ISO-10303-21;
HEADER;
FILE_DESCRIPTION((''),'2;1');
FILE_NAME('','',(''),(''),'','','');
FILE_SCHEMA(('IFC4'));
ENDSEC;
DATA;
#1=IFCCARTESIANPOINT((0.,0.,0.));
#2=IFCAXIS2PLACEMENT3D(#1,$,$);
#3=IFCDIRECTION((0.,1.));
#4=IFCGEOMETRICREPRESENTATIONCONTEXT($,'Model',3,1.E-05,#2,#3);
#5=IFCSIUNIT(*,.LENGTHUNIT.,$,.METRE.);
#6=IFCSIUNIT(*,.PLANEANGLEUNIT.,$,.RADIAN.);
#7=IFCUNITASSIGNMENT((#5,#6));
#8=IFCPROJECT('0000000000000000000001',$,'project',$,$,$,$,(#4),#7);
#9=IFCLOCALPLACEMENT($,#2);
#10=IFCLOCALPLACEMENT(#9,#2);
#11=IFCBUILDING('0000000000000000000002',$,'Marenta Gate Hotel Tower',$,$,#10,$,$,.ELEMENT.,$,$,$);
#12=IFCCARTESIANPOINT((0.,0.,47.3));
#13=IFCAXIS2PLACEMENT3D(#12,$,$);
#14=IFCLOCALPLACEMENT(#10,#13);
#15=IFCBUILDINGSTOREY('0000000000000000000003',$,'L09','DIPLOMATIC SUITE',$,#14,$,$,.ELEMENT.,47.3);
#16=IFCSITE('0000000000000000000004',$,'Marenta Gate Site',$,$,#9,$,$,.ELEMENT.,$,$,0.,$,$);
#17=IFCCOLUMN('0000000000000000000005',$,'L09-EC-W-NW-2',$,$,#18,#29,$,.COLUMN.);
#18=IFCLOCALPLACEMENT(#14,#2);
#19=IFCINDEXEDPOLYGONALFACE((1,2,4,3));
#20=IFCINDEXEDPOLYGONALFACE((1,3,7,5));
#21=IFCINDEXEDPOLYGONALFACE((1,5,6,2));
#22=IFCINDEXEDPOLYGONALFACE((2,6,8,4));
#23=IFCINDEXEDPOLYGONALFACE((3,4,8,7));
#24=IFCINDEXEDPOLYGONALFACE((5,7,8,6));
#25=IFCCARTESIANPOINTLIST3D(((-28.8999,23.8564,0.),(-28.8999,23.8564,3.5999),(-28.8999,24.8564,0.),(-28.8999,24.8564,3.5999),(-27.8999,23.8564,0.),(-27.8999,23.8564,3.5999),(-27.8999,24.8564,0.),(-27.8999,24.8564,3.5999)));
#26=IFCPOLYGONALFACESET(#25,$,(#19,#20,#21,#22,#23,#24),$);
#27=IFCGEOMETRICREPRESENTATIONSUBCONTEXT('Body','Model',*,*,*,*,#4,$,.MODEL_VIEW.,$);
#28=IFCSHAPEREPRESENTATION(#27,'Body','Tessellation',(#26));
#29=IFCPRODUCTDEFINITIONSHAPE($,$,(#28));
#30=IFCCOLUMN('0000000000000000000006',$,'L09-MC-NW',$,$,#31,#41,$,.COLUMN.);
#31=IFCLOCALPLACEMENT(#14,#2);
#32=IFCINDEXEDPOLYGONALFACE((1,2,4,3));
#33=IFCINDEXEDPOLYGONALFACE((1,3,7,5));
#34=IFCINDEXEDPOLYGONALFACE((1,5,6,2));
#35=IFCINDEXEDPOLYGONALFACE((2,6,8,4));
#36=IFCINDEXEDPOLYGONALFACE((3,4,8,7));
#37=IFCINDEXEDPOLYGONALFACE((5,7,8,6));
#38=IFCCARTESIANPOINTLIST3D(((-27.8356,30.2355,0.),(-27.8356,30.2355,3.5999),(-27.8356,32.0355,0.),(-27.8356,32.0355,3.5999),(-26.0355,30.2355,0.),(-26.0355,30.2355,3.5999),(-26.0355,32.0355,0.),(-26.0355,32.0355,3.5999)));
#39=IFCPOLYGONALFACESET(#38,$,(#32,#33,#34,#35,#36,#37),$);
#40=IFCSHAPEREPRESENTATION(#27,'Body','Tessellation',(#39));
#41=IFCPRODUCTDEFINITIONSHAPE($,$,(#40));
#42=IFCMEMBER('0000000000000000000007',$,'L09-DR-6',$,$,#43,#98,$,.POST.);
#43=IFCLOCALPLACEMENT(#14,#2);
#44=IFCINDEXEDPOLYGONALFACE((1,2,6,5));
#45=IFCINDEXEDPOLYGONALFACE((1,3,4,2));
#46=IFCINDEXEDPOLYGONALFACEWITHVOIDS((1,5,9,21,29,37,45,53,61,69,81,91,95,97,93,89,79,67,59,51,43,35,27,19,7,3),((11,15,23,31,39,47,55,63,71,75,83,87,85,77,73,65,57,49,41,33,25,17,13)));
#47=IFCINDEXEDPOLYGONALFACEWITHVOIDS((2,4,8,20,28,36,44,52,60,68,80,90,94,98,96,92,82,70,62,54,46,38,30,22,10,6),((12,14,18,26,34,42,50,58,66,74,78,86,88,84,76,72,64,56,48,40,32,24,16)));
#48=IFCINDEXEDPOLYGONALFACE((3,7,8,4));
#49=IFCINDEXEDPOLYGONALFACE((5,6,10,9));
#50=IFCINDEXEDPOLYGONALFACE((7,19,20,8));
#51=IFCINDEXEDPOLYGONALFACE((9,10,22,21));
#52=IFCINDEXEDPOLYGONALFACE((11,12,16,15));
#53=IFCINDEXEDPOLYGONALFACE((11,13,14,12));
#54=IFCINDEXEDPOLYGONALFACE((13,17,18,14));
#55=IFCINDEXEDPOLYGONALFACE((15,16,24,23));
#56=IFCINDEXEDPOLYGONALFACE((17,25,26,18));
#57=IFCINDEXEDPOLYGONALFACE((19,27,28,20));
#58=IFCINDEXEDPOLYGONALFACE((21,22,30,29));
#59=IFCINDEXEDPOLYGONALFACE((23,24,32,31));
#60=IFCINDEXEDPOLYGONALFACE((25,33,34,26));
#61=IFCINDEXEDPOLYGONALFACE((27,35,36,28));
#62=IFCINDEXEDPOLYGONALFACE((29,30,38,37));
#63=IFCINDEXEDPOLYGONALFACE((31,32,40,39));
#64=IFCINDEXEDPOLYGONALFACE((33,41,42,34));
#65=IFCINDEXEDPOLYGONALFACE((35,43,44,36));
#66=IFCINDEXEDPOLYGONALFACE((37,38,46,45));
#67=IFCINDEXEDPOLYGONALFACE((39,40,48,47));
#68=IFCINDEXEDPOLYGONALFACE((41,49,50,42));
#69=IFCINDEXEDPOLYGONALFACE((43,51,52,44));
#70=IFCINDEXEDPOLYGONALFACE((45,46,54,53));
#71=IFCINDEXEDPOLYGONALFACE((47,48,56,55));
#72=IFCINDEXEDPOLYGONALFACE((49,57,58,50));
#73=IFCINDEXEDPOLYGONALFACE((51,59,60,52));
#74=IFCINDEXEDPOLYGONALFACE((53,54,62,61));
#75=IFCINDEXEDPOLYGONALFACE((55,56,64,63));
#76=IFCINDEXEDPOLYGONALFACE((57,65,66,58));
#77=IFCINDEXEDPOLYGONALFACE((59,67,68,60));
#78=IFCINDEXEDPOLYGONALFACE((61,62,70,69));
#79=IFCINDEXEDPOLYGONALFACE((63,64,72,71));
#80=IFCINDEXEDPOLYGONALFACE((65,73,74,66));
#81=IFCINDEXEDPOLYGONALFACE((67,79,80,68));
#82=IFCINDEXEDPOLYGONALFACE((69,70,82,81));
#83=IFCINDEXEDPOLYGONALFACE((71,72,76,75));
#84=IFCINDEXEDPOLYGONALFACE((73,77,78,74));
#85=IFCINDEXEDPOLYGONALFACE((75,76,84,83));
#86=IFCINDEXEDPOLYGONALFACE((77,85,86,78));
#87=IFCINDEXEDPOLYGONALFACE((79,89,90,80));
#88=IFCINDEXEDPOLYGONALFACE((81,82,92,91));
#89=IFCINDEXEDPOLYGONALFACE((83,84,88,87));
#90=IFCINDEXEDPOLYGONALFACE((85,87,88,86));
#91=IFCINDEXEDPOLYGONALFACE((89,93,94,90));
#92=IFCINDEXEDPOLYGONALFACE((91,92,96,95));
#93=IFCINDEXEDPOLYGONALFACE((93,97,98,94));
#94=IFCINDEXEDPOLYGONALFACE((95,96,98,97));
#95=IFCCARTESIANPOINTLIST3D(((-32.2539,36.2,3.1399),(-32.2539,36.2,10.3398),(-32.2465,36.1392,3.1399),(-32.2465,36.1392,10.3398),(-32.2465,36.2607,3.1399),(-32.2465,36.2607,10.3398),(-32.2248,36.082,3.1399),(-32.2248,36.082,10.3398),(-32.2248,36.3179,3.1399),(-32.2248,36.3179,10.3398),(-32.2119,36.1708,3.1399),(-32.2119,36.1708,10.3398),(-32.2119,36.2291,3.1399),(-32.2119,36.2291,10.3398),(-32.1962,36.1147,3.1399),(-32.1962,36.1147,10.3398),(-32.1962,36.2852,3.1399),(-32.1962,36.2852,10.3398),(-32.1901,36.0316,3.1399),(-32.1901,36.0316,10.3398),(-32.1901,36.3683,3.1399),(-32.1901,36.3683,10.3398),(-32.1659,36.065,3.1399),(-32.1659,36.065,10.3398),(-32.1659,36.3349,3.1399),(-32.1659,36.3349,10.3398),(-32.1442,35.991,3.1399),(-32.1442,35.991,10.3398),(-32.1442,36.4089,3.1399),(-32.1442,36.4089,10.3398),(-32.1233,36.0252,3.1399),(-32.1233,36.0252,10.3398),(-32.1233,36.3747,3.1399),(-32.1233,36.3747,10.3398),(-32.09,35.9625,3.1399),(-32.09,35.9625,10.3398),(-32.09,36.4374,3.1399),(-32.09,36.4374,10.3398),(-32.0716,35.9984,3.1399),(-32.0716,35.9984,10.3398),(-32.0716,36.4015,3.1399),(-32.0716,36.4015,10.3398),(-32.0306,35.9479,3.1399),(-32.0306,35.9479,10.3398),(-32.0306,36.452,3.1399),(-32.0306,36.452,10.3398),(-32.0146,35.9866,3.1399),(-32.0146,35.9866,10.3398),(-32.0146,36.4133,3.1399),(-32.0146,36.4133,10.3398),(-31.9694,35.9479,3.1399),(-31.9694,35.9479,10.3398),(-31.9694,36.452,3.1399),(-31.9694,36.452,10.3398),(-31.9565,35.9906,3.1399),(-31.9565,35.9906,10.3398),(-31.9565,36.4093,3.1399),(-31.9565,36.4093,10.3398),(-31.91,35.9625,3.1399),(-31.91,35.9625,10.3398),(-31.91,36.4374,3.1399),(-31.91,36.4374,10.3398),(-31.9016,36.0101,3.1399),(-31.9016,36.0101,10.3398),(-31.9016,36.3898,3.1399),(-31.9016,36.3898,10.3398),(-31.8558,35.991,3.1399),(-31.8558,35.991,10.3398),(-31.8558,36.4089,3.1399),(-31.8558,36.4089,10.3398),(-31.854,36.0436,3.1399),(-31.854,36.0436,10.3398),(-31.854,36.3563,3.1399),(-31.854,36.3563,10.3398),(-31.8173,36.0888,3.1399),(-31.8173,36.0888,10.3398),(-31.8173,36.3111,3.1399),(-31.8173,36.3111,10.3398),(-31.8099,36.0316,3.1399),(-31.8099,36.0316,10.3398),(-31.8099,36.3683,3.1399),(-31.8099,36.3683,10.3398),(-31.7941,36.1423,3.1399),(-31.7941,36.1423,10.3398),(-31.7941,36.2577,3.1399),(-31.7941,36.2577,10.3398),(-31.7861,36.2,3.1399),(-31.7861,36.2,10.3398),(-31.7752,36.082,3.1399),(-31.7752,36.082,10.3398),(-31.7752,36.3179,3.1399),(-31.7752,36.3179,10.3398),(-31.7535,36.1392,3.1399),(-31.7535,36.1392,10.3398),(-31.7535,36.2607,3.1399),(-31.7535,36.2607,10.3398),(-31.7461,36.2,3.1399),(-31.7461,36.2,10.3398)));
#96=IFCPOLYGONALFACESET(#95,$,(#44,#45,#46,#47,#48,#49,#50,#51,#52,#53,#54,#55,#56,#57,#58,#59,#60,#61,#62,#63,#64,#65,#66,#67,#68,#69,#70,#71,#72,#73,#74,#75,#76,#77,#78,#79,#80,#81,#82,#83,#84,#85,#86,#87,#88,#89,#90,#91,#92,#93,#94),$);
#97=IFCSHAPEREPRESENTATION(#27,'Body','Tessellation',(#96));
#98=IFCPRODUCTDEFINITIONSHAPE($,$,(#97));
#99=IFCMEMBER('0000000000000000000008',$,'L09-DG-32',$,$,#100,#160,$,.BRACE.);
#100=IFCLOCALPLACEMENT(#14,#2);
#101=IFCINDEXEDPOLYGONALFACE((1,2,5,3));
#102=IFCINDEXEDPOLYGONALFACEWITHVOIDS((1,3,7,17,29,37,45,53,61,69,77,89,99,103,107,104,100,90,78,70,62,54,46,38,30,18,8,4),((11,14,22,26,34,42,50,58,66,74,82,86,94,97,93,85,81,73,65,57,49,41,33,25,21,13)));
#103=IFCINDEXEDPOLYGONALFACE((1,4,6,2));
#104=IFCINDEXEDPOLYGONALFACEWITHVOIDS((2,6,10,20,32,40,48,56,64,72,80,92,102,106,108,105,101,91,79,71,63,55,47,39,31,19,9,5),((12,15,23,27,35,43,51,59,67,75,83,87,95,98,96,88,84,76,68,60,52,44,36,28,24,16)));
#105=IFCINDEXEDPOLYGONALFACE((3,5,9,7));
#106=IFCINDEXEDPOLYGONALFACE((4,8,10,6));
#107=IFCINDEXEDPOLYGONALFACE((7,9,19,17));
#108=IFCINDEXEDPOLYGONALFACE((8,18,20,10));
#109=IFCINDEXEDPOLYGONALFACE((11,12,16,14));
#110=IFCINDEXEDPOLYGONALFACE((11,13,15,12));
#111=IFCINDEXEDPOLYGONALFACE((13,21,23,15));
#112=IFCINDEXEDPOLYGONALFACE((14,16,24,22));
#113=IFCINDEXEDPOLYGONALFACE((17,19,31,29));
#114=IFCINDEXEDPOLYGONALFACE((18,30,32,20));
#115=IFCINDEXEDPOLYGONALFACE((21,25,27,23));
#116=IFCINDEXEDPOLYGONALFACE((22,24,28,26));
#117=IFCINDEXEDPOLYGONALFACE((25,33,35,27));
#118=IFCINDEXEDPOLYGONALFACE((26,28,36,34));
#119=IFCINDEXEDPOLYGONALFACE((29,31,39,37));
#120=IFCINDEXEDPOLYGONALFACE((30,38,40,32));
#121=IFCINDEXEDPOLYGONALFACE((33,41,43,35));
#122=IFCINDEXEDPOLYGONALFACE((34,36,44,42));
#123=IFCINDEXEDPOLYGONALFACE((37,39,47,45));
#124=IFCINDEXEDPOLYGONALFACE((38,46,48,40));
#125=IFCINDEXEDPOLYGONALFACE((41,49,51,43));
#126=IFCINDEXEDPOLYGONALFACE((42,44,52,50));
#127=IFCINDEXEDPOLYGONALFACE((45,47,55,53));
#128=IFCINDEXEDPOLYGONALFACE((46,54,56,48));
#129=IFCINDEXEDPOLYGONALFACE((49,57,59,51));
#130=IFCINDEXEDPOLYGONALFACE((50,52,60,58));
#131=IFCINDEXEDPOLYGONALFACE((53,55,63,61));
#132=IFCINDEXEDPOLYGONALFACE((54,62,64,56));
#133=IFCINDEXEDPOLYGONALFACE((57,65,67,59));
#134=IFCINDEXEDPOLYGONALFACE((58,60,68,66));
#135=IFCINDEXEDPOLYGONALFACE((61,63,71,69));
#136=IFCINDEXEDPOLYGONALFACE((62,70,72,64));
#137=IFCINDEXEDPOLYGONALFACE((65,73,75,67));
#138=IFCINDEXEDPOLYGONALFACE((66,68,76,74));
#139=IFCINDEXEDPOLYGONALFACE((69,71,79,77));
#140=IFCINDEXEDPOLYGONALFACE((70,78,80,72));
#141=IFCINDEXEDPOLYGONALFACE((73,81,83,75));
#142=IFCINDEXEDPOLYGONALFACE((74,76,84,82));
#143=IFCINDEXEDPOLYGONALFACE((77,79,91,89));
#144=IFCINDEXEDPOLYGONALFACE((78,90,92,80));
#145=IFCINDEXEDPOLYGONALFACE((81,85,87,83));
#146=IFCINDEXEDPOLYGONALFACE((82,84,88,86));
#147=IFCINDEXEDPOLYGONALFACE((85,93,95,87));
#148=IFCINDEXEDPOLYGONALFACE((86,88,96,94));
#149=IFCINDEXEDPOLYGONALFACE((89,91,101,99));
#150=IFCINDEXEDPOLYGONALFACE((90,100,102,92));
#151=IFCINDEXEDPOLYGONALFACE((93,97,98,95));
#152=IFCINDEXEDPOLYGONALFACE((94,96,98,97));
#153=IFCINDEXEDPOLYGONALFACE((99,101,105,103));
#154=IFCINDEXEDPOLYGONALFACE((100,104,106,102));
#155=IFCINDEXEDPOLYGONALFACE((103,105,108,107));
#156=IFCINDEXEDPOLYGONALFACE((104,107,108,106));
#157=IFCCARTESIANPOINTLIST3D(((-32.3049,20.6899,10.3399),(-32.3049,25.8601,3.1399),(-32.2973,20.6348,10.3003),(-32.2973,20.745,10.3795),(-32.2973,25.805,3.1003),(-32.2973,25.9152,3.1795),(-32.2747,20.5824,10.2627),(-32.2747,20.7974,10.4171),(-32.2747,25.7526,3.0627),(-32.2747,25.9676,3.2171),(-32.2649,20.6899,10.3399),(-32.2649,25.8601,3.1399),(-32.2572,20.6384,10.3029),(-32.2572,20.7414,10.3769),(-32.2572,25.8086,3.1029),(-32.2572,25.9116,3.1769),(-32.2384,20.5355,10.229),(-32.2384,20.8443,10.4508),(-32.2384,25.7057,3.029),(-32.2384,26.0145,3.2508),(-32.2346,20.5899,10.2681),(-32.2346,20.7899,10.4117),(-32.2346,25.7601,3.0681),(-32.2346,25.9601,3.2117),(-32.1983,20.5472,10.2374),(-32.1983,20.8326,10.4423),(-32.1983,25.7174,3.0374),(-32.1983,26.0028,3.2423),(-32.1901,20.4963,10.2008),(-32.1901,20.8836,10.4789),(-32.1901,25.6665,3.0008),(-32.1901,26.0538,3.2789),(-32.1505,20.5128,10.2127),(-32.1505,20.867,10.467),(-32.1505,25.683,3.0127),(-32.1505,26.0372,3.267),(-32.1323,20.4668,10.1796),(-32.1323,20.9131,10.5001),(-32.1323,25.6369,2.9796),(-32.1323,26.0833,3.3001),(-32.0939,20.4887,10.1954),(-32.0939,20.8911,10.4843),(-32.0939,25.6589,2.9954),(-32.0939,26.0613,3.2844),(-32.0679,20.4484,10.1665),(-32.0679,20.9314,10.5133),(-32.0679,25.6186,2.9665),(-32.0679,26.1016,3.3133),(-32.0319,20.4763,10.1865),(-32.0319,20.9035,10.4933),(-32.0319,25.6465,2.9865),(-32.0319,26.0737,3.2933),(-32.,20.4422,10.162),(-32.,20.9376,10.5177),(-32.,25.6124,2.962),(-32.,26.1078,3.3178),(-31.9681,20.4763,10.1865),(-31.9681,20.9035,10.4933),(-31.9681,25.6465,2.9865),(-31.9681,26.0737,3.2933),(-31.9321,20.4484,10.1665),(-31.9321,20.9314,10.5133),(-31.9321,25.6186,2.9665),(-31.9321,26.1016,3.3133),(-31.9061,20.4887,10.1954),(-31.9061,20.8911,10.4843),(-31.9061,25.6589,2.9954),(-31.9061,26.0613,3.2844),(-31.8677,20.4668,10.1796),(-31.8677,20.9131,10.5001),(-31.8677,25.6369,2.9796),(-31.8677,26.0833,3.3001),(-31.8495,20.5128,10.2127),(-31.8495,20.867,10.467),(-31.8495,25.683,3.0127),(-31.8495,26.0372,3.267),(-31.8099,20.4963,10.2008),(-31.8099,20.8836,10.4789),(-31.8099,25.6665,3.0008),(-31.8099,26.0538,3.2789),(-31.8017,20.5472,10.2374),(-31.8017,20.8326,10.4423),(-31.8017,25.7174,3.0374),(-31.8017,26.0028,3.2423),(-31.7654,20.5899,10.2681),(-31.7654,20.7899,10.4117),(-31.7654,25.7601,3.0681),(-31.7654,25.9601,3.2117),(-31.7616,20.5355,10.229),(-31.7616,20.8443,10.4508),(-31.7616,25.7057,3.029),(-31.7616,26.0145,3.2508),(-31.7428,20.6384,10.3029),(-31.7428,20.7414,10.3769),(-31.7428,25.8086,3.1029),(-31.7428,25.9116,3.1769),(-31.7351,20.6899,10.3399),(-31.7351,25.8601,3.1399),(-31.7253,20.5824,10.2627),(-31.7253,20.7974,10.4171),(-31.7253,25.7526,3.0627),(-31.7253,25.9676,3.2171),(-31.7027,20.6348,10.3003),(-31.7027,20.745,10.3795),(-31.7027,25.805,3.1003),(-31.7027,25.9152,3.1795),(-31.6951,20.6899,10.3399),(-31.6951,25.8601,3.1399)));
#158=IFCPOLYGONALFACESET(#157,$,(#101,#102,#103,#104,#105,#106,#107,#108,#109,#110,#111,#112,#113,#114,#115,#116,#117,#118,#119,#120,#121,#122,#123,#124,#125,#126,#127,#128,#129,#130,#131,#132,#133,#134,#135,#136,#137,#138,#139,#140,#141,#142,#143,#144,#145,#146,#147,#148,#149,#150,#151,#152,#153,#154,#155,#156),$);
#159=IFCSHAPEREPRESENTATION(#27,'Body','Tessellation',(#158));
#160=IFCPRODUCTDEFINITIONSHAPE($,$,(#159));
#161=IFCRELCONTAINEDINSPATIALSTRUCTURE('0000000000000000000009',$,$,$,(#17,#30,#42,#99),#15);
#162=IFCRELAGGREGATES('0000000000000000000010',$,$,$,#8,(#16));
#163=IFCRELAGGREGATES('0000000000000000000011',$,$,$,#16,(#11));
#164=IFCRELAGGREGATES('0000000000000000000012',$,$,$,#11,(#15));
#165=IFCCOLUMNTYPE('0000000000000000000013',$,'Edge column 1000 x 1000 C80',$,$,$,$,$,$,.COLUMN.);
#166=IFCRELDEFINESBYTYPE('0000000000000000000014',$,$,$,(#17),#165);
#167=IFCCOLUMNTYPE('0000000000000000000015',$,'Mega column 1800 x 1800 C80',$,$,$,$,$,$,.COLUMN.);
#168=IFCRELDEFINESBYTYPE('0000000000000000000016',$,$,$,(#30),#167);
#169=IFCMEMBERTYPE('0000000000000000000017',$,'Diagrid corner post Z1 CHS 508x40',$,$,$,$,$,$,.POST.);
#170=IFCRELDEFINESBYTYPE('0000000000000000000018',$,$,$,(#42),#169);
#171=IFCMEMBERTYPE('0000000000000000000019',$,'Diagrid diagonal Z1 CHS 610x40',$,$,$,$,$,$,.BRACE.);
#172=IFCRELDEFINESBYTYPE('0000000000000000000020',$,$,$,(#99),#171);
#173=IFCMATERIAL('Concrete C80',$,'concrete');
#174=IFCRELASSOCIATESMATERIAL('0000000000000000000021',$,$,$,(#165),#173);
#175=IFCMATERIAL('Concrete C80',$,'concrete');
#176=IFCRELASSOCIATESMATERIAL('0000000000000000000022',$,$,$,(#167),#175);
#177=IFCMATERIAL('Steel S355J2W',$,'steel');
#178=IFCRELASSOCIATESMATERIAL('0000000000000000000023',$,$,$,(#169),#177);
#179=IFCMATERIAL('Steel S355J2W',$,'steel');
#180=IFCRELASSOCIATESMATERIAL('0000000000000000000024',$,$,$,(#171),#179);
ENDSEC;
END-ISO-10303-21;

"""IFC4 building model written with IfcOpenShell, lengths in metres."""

from ifc_helpers import new_model, si_unit, direction, frame, origin, origin_2d, place, context, subcontext, project, spatial, rectangle, hollow_circle, extrude, material, material_profile, profile_set, type_object, element, save


model = new_model("IFC4")

# Units and contexts
model_context = context("Model", 3, precision=1e-05, world=origin(), true_north=direction((0.0, 1.0)))
body_context = subcontext(model_context, "Body", "Model", "MODEL_VIEW")
ifc_project = project(units=[si_unit("LENGTHUNIT", "METRE"), si_unit("PLANEANGLEUNIT", "RADIAN")], contexts=[model_context])

# Site, building, storey
site_placement = place(None, origin())
site = spatial("IfcSite", under=ifc_project, at=site_placement, Name="Marenta Gate Site", CompositionType="ELEMENT", RefElevation=0.0)
building_placement = place(site_placement, origin())
building = spatial("IfcBuilding", under=site, at=building_placement, Name="Marenta Gate Hotel Tower", CompositionType="ELEMENT")
storey_placement = place(building_placement, frame((0.0, 0.0, 47.3)))
storey = spatial("IfcBuildingStorey", under=building, at=storey_placement, Name="L09", Description="DIPLOMATIC SUITE", CompositionType="ELEMENT", Elevation=47.3)

# Columns
ifc_material_1 = material(Name="Concrete C80", Category="concrete")
ifc_material_profile_1 = material_profile(ifc_material_1, rectangle(XDim=1.0, YDim=1.0, at=origin_2d()), Name="1000 x 1000")
ifc_profile_set_1 = profile_set([ifc_material_profile_1], Name="Concrete C80")
column_type_1 = type_object("IfcColumnType", Name="Edge column 1000 x 1000 C80", PredefinedType="COLUMN", material=ifc_profile_set_1)
column_1_placement = place(storey_placement, frame((-28.3999, 24.3564, 0.0), z_axis=(0.0, 0.0, 1.0), x_axis=(1.0, 0.0, 0.0)))
element("IfcColumn", 1, at=column_1_placement, inside=storey, type_object=column_type_1, Name="L09-EC-W-NW-2", PredefinedType="COLUMN", context=body_context, shape_type="SweptSolid", body=[
    extrude(rectangle(XDim=1.0, YDim=1.0, at=origin_2d()), origin(), (0.0, 0.0, 1.0), 3.5999),
])
ifc_material_2 = material(Name="Concrete C80", Category="concrete")
ifc_material_profile_2 = material_profile(ifc_material_2, rectangle(XDim=1.8, YDim=1.8, at=origin_2d()), Name="1800 x 1800")
ifc_profile_set_2 = profile_set([ifc_material_profile_2], Name="Concrete C80")
column_type_2 = type_object("IfcColumnType", Name="Mega column 1800 x 1800 C80", PredefinedType="COLUMN", material=ifc_profile_set_2)
column_2_placement = place(storey_placement, frame((-26.9355, 31.1355, 0.0), z_axis=(0.0, 0.0, 1.0), x_axis=(1.0, 0.0, 0.0)))
element("IfcColumn", 2, at=column_2_placement, inside=storey, type_object=column_type_2, Name="L09-MC-NW", PredefinedType="COLUMN", context=body_context, shape_type="SweptSolid", body=[
    extrude(rectangle(XDim=1.8, YDim=1.8, at=origin_2d()), origin(), (0.0, 0.0, 1.0), 3.5999),
])

# Members
ifc_material_3 = material(Name="Steel S355J2W", Category="steel")
ifc_material_profile_3 = material_profile(ifc_material_3, hollow_circle(Radius=0.2539, WallThickness=0.04, at=origin_2d()), Name="CHS 508x40")
ifc_profile_set_3 = profile_set([ifc_material_profile_3], Name="Steel S355J2W")
member_type_1 = type_object("IfcMemberType", Name="Diagrid corner post Z1 CHS 508x40", PredefinedType="POST", material=ifc_profile_set_3)
member_1_placement = place(storey_placement, frame((-32.0, 36.2, 3.1399), z_axis=(0.0, 0.0, 1.0), x_axis=(1.0, 0.0, 0.0)))
element("IfcMember", 3, at=member_1_placement, inside=storey, type_object=member_type_1, Name="L09-DR-6", PredefinedType="POST", context=body_context, shape_type="SweptSolid", body=[
    extrude(hollow_circle(Radius=0.2539, WallThickness=0.04, at=origin_2d()), origin(), (0.0, 0.0, 1.0), 7.2),
])
ifc_material_4 = material(Name="Steel S355J2W", Category="steel")
ifc_material_profile_4 = material_profile(ifc_material_4, hollow_circle(Radius=0.3049, WallThickness=0.04, at=origin_2d()), Name="CHS 610x40")
ifc_profile_set_4 = profile_set([ifc_material_profile_4], Name="Steel S355J2W")
member_type_2 = type_object("IfcMemberType", Name="Diagrid diagonal Z1 CHS 610x40", PredefinedType="BRACE", material=ifc_profile_set_4)
member_2_placement = place(storey_placement, frame((-32.0, 25.8601, 3.1399), z_axis=(0.0, -0.583279, 0.812272), x_axis=(1.0, 0.0, 0.0)))
element("IfcMember", 4, at=member_2_placement, inside=storey, type_object=member_type_2, Name="L09-DG-32", PredefinedType="BRACE", context=body_context, shape_type="SweptSolid", body=[
    extrude(hollow_circle(Radius=0.3049, WallThickness=0.04, at=origin_2d()), origin(), (0.0, 0.0, 1.0), 8.864),
])

save(model, "model.ifc")
